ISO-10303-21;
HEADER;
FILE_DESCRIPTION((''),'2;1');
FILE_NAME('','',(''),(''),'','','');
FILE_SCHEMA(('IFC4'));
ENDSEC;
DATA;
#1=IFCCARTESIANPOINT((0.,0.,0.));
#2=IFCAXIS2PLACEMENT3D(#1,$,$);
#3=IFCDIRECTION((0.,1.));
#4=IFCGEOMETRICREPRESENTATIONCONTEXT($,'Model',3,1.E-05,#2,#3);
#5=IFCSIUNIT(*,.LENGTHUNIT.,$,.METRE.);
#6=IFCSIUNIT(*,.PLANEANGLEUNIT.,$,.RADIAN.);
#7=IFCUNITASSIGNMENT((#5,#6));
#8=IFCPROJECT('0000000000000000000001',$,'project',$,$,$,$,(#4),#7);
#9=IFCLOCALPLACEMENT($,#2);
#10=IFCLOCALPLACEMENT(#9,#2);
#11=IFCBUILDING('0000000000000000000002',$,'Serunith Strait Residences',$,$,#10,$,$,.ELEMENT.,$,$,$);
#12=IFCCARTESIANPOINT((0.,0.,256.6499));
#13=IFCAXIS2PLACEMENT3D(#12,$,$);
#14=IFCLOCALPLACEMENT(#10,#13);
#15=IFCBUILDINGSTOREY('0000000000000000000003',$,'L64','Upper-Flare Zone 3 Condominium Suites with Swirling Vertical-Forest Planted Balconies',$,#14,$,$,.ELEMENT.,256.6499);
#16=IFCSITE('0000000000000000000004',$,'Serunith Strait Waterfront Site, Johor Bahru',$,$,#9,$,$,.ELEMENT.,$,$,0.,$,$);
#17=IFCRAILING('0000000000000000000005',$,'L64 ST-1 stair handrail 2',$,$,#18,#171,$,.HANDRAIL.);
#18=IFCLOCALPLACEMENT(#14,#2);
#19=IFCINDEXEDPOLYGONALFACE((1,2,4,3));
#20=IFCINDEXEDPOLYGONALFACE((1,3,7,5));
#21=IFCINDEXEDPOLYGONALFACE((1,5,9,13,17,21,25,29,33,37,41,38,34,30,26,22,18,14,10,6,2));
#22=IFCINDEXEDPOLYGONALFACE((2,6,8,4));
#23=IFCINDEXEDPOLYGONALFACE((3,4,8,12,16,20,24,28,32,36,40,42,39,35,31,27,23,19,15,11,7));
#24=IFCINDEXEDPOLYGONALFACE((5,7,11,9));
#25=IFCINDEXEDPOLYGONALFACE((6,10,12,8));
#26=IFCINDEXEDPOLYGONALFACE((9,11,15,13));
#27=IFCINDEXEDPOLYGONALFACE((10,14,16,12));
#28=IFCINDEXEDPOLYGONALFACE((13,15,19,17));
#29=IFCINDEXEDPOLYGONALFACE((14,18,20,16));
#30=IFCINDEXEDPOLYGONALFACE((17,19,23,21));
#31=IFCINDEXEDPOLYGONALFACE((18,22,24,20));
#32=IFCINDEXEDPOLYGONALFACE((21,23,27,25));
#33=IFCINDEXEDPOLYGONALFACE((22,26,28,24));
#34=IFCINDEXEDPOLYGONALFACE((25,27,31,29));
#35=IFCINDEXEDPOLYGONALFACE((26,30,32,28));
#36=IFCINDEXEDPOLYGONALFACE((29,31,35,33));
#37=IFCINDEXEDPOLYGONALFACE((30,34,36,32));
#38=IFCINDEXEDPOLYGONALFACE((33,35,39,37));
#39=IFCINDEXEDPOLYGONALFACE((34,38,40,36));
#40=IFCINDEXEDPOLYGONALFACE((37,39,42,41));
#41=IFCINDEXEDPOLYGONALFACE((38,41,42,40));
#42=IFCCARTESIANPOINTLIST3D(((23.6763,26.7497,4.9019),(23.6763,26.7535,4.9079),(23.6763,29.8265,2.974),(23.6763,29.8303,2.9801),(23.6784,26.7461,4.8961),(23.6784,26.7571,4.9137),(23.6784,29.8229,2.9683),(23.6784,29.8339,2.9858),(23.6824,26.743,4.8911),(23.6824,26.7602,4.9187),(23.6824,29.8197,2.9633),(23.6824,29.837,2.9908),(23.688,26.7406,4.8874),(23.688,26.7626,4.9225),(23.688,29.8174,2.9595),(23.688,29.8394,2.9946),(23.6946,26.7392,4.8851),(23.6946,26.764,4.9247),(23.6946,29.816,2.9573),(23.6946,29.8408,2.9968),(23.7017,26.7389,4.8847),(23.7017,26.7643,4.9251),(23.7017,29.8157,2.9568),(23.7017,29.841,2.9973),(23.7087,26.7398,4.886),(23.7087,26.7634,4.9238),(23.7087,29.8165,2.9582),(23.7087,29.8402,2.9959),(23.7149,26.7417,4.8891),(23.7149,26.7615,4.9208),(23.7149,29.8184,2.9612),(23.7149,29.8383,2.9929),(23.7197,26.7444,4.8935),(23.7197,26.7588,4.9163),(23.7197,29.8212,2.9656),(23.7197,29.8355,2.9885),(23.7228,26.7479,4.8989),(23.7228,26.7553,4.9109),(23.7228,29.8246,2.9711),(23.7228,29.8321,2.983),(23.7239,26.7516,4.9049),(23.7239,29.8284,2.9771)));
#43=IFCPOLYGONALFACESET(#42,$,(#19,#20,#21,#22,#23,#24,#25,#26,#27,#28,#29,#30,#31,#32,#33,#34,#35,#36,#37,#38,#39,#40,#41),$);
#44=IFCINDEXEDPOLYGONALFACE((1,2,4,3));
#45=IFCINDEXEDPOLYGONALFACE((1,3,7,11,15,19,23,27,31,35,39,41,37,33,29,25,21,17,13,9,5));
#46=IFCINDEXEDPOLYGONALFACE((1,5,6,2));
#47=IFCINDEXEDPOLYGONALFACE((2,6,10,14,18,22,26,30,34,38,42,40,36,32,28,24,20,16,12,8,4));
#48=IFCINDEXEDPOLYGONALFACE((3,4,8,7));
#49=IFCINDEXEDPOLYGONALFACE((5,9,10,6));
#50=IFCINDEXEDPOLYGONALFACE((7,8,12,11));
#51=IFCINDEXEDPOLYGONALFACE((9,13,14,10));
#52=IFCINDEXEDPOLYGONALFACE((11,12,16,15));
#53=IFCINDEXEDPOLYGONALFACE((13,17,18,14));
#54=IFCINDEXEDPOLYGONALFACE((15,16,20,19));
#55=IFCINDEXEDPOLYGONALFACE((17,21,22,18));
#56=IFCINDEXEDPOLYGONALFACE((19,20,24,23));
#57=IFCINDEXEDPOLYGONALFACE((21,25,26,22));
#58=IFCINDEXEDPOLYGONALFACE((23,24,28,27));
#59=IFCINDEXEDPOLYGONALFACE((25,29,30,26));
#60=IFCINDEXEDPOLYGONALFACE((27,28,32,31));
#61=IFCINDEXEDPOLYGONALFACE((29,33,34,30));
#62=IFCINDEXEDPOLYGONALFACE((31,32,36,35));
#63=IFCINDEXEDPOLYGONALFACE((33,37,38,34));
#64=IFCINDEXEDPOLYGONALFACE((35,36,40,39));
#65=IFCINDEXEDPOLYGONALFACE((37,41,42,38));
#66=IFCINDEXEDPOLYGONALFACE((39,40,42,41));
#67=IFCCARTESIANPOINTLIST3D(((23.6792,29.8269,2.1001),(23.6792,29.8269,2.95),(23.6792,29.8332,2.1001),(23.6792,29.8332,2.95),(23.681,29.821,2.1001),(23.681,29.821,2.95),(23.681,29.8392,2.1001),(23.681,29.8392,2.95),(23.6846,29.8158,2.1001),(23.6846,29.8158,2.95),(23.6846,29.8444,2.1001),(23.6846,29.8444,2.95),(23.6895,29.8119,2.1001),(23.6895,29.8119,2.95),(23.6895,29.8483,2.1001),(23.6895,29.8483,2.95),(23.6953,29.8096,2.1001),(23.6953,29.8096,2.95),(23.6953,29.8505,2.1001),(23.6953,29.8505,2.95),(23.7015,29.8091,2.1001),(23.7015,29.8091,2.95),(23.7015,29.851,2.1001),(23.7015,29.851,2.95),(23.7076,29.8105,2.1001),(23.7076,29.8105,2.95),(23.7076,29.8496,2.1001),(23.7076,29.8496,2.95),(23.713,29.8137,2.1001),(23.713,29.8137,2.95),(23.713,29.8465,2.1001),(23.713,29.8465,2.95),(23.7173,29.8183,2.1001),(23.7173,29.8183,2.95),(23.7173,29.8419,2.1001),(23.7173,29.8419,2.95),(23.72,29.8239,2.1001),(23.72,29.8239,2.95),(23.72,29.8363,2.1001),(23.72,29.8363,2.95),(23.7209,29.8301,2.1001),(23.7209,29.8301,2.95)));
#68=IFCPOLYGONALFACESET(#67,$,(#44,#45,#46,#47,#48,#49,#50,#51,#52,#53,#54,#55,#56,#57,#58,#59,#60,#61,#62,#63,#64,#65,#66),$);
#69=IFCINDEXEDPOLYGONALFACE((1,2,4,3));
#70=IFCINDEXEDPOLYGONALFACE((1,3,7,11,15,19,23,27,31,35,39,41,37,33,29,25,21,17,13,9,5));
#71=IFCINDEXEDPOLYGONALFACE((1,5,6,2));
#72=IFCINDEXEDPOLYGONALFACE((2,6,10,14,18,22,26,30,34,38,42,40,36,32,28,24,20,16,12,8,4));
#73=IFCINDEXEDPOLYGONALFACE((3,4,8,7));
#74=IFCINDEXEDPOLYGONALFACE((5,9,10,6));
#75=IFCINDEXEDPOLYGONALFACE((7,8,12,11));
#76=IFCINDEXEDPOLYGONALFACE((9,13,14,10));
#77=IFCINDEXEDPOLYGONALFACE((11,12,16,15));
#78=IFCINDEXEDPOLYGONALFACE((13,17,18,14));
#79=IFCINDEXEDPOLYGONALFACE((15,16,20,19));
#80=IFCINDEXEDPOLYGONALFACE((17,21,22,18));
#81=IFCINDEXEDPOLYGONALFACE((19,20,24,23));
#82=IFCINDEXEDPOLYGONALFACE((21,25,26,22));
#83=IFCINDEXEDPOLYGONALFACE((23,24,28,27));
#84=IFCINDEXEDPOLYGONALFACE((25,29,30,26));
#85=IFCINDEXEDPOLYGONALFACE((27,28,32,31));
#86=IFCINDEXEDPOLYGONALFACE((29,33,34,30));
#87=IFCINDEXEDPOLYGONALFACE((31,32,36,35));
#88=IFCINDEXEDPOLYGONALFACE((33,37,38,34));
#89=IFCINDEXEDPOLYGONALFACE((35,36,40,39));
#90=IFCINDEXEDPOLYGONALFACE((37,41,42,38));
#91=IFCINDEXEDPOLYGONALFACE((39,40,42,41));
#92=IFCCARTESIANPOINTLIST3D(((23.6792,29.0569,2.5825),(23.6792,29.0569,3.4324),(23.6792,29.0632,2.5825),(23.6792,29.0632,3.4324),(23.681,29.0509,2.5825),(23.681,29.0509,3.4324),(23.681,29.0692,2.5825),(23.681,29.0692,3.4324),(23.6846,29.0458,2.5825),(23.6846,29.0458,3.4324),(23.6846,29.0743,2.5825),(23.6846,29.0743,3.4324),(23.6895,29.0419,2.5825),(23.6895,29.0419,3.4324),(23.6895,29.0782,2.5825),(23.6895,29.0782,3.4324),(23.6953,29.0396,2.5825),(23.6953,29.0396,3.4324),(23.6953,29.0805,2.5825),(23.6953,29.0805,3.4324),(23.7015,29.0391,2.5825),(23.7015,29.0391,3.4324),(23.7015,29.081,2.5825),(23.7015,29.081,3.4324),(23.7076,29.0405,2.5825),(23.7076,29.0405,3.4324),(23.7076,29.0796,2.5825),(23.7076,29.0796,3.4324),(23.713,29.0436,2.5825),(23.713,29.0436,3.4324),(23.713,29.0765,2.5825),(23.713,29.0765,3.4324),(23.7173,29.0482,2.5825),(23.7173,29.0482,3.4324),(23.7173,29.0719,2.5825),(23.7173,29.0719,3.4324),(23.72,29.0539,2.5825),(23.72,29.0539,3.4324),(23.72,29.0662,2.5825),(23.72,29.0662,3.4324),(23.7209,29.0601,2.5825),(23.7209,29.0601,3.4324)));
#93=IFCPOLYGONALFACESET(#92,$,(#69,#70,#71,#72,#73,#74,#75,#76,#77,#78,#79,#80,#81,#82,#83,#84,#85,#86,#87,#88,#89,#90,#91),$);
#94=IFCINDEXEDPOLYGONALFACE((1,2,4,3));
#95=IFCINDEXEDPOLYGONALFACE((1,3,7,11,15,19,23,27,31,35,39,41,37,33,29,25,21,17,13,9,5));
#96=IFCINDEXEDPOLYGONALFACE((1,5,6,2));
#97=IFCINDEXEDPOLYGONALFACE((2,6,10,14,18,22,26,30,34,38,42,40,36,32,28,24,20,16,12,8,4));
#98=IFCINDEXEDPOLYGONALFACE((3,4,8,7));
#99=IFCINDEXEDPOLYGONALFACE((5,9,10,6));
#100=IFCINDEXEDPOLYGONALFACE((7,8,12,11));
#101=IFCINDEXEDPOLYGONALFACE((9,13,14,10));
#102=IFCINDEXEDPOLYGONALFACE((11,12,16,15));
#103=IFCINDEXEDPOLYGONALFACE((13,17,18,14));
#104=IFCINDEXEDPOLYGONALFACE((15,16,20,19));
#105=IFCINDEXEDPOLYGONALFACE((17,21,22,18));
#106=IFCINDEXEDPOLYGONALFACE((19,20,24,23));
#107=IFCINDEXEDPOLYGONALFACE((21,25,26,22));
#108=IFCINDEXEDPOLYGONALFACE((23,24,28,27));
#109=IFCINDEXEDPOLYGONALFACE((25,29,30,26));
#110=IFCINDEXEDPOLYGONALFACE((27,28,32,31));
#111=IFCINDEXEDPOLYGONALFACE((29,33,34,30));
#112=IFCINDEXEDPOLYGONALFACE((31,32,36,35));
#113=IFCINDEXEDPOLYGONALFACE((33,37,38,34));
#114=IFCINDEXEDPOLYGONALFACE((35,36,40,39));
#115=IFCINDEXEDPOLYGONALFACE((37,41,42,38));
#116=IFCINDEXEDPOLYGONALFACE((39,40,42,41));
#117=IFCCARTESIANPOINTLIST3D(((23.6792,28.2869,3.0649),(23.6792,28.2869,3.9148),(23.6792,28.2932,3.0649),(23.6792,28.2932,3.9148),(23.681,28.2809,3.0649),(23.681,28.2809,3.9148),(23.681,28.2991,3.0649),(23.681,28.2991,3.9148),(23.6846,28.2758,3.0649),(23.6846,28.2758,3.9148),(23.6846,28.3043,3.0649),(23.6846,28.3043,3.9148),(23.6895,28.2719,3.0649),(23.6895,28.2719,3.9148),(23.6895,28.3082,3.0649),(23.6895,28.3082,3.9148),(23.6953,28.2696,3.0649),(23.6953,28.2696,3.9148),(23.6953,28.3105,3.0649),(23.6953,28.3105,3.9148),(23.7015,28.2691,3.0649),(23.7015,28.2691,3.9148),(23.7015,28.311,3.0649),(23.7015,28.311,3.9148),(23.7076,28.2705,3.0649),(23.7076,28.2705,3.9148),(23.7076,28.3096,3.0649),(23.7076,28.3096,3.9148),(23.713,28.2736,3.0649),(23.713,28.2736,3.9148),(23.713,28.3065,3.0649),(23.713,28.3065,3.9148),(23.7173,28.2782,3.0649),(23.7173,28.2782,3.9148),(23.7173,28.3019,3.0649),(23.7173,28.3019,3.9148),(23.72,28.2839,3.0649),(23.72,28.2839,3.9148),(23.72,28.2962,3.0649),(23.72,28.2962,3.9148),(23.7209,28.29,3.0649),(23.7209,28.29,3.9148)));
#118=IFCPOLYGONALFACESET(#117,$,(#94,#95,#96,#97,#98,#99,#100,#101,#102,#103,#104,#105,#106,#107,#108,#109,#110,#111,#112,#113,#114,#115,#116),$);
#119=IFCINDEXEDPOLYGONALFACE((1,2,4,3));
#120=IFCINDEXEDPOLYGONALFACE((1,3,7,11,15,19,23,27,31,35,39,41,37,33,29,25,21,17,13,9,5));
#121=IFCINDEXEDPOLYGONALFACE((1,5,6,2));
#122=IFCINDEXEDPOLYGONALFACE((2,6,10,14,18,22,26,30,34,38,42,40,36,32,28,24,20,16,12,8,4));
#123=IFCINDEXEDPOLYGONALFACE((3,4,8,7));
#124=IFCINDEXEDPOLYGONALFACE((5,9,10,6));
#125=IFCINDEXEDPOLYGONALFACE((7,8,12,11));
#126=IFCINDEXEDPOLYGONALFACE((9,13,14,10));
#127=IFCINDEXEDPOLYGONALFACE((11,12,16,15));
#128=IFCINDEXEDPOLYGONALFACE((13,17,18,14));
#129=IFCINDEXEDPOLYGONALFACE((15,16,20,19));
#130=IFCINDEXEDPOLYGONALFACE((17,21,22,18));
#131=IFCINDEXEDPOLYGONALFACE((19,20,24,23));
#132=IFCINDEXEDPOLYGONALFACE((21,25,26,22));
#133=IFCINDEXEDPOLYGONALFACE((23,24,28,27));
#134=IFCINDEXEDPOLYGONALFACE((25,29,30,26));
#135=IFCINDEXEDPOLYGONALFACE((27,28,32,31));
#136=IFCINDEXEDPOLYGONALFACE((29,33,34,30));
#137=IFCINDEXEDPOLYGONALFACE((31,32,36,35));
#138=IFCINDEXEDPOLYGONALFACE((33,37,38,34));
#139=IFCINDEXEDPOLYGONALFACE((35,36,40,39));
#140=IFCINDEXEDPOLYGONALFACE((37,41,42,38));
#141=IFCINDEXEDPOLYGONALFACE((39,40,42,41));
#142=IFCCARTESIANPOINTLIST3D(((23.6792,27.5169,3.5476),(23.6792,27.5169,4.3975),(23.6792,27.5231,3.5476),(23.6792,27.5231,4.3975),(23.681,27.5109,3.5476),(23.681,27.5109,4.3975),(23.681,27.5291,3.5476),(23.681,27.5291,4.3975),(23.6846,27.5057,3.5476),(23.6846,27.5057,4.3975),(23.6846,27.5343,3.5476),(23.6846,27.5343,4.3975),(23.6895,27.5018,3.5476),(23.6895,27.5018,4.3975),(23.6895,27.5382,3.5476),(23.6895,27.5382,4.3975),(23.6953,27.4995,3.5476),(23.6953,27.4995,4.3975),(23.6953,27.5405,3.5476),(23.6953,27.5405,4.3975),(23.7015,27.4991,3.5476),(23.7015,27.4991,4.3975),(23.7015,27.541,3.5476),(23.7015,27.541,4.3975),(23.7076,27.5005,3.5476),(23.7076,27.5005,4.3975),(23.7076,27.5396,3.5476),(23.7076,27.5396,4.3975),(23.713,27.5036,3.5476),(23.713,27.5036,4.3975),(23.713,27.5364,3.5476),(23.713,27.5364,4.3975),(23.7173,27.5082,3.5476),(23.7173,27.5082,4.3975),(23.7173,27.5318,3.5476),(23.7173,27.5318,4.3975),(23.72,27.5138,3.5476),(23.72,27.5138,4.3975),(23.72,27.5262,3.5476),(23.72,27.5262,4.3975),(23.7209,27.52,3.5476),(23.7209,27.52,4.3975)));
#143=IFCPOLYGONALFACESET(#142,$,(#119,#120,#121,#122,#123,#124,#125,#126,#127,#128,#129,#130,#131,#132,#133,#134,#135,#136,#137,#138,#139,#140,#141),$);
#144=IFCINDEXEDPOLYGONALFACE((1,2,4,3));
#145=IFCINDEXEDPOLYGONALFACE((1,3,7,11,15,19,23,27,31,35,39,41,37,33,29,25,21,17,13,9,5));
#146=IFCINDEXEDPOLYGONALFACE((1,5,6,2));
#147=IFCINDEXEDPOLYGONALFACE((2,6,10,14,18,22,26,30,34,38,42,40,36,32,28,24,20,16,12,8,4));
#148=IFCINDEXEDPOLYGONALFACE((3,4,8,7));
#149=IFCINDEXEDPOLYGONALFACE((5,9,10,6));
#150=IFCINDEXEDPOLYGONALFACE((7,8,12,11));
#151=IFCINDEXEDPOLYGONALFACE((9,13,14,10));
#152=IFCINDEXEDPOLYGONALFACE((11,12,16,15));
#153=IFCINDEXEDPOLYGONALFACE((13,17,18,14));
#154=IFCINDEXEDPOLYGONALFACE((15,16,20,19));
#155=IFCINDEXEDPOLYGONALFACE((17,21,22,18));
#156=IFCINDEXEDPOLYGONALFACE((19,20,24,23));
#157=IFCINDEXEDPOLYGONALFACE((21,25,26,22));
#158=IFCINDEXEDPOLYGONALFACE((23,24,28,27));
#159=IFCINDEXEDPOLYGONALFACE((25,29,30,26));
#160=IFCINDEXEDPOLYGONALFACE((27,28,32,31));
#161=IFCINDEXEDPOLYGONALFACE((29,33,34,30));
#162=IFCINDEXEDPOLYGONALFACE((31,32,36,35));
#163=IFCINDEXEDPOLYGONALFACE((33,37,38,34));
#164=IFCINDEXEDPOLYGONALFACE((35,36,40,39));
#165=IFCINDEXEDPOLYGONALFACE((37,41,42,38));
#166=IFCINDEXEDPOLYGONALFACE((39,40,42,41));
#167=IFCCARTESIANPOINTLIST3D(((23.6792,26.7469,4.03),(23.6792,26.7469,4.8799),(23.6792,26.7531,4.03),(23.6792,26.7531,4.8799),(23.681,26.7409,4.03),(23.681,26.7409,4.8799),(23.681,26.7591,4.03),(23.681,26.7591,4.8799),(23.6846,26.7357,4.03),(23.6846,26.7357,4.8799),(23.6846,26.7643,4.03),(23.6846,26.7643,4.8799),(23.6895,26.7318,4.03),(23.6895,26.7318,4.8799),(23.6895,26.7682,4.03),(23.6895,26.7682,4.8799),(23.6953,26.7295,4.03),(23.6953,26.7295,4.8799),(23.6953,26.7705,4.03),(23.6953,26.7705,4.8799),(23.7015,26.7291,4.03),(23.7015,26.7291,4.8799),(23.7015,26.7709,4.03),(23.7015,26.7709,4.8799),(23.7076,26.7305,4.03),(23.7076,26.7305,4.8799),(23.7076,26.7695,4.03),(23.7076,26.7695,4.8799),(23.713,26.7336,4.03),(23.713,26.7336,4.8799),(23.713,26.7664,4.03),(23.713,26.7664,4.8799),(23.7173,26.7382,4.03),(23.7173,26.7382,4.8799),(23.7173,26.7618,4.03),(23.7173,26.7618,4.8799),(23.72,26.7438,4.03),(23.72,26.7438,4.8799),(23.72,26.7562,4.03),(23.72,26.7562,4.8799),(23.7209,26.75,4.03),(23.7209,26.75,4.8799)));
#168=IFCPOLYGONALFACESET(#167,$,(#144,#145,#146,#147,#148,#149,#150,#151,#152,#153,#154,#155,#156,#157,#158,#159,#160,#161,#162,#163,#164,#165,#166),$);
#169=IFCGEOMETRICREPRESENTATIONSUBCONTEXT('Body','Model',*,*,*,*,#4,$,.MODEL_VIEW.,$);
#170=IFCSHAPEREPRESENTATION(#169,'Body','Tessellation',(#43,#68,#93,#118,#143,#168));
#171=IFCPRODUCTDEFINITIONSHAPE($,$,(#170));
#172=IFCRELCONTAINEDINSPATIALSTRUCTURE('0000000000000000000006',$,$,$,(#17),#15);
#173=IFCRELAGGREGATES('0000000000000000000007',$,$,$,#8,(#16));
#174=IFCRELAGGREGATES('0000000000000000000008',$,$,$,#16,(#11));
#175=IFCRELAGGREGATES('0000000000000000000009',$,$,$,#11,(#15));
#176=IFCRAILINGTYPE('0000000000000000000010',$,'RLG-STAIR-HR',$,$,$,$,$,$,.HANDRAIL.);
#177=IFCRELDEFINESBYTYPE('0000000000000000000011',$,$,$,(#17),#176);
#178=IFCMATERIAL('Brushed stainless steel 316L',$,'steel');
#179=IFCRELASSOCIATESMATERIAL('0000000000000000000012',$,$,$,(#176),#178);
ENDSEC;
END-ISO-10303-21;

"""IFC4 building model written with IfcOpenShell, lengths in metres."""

from ifc_helpers import new_model, si_unit, direction, frame, origin, origin_2d, place, context, subcontext, project, spatial, circle, extrude, material, type_object, element, save


model = new_model("IFC4")

# Units and contexts
model_context = context("Model", 3, precision=1e-05, world=origin(), true_north=direction((0.0, 1.0)))
body_context = subcontext(model_context, "Body", "Model", "MODEL_VIEW")
ifc_project = project(units=[si_unit("LENGTHUNIT", "METRE"), si_unit("PLANEANGLEUNIT", "RADIAN")], contexts=[model_context])

# Site, building, storey
site_placement = place(None, origin())
site = spatial("IfcSite", under=ifc_project, at=site_placement, Name="Serunith Strait Waterfront Site, Johor Bahru", CompositionType="ELEMENT", RefElevation=0.0)
building_placement = place(site_placement, origin())
building = spatial("IfcBuilding", under=site, at=building_placement, Name="Serunith Strait Residences", CompositionType="ELEMENT")
storey_placement = place(building_placement, frame((0.0, 0.0, 256.6499)))
storey = spatial("IfcBuildingStorey", under=building, at=storey_placement, Name="L64", Description="Upper-Flare Zone 3 Condominium Suites with Swirling Vertical-Forest Planted Balconies", CompositionType="ELEMENT", Elevation=256.6499)

# Railing
ifc_material_1 = material(Name="Brushed stainless steel 316L", Category="steel")
railing_type_1 = type_object("IfcRailingType", Name="RLG-STAIR-HR", PredefinedType="HANDRAIL", material=ifc_material_1)
railing_1_placement = place(storey_placement, frame((23.7, 29.8301, 2.1001)))
element("IfcRailing", 1, at=railing_1_placement, inside=storey, type_object=railing_type_1, Name="L64 ST-1 stair handrail 2", PredefinedType="HANDRAIL", context=body_context, shape_type="SweptSolid", body=[
    extrude(circle(Radius=0.0239, at=origin_2d()), frame((0.0, -0.0017, 0.877), z_axis=(0.0, -0.847394, 0.530965), x_axis=(1.0, 0.0, 0.0)), (0.0, 0.0, 1.0), 3.6309),
    extrude(circle(Radius=0.021, at=origin_2d()), origin(), (0.0, 0.0, 1.0), 0.8499),
    extrude(circle(Radius=0.021, at=origin_2d()), frame((0.0, -0.77, 0.4824)), (0.0, 0.0, 1.0), 0.8499),
    extrude(circle(Radius=0.021, at=origin_2d()), frame((0.0, -1.54, 0.9648)), (0.0, 0.0, 1.0), 0.8499),
    extrude(circle(Radius=0.021, at=origin_2d()), frame((0.0, -2.3101, 1.4475)), (0.0, 0.0, 1.0), 0.8499),
    extrude(circle(Radius=0.021, at=origin_2d()), frame((0.0, -3.0801, 1.9299)), (0.0, 0.0, 1.0), 0.8499),
])

save(model, "model.ifc")
